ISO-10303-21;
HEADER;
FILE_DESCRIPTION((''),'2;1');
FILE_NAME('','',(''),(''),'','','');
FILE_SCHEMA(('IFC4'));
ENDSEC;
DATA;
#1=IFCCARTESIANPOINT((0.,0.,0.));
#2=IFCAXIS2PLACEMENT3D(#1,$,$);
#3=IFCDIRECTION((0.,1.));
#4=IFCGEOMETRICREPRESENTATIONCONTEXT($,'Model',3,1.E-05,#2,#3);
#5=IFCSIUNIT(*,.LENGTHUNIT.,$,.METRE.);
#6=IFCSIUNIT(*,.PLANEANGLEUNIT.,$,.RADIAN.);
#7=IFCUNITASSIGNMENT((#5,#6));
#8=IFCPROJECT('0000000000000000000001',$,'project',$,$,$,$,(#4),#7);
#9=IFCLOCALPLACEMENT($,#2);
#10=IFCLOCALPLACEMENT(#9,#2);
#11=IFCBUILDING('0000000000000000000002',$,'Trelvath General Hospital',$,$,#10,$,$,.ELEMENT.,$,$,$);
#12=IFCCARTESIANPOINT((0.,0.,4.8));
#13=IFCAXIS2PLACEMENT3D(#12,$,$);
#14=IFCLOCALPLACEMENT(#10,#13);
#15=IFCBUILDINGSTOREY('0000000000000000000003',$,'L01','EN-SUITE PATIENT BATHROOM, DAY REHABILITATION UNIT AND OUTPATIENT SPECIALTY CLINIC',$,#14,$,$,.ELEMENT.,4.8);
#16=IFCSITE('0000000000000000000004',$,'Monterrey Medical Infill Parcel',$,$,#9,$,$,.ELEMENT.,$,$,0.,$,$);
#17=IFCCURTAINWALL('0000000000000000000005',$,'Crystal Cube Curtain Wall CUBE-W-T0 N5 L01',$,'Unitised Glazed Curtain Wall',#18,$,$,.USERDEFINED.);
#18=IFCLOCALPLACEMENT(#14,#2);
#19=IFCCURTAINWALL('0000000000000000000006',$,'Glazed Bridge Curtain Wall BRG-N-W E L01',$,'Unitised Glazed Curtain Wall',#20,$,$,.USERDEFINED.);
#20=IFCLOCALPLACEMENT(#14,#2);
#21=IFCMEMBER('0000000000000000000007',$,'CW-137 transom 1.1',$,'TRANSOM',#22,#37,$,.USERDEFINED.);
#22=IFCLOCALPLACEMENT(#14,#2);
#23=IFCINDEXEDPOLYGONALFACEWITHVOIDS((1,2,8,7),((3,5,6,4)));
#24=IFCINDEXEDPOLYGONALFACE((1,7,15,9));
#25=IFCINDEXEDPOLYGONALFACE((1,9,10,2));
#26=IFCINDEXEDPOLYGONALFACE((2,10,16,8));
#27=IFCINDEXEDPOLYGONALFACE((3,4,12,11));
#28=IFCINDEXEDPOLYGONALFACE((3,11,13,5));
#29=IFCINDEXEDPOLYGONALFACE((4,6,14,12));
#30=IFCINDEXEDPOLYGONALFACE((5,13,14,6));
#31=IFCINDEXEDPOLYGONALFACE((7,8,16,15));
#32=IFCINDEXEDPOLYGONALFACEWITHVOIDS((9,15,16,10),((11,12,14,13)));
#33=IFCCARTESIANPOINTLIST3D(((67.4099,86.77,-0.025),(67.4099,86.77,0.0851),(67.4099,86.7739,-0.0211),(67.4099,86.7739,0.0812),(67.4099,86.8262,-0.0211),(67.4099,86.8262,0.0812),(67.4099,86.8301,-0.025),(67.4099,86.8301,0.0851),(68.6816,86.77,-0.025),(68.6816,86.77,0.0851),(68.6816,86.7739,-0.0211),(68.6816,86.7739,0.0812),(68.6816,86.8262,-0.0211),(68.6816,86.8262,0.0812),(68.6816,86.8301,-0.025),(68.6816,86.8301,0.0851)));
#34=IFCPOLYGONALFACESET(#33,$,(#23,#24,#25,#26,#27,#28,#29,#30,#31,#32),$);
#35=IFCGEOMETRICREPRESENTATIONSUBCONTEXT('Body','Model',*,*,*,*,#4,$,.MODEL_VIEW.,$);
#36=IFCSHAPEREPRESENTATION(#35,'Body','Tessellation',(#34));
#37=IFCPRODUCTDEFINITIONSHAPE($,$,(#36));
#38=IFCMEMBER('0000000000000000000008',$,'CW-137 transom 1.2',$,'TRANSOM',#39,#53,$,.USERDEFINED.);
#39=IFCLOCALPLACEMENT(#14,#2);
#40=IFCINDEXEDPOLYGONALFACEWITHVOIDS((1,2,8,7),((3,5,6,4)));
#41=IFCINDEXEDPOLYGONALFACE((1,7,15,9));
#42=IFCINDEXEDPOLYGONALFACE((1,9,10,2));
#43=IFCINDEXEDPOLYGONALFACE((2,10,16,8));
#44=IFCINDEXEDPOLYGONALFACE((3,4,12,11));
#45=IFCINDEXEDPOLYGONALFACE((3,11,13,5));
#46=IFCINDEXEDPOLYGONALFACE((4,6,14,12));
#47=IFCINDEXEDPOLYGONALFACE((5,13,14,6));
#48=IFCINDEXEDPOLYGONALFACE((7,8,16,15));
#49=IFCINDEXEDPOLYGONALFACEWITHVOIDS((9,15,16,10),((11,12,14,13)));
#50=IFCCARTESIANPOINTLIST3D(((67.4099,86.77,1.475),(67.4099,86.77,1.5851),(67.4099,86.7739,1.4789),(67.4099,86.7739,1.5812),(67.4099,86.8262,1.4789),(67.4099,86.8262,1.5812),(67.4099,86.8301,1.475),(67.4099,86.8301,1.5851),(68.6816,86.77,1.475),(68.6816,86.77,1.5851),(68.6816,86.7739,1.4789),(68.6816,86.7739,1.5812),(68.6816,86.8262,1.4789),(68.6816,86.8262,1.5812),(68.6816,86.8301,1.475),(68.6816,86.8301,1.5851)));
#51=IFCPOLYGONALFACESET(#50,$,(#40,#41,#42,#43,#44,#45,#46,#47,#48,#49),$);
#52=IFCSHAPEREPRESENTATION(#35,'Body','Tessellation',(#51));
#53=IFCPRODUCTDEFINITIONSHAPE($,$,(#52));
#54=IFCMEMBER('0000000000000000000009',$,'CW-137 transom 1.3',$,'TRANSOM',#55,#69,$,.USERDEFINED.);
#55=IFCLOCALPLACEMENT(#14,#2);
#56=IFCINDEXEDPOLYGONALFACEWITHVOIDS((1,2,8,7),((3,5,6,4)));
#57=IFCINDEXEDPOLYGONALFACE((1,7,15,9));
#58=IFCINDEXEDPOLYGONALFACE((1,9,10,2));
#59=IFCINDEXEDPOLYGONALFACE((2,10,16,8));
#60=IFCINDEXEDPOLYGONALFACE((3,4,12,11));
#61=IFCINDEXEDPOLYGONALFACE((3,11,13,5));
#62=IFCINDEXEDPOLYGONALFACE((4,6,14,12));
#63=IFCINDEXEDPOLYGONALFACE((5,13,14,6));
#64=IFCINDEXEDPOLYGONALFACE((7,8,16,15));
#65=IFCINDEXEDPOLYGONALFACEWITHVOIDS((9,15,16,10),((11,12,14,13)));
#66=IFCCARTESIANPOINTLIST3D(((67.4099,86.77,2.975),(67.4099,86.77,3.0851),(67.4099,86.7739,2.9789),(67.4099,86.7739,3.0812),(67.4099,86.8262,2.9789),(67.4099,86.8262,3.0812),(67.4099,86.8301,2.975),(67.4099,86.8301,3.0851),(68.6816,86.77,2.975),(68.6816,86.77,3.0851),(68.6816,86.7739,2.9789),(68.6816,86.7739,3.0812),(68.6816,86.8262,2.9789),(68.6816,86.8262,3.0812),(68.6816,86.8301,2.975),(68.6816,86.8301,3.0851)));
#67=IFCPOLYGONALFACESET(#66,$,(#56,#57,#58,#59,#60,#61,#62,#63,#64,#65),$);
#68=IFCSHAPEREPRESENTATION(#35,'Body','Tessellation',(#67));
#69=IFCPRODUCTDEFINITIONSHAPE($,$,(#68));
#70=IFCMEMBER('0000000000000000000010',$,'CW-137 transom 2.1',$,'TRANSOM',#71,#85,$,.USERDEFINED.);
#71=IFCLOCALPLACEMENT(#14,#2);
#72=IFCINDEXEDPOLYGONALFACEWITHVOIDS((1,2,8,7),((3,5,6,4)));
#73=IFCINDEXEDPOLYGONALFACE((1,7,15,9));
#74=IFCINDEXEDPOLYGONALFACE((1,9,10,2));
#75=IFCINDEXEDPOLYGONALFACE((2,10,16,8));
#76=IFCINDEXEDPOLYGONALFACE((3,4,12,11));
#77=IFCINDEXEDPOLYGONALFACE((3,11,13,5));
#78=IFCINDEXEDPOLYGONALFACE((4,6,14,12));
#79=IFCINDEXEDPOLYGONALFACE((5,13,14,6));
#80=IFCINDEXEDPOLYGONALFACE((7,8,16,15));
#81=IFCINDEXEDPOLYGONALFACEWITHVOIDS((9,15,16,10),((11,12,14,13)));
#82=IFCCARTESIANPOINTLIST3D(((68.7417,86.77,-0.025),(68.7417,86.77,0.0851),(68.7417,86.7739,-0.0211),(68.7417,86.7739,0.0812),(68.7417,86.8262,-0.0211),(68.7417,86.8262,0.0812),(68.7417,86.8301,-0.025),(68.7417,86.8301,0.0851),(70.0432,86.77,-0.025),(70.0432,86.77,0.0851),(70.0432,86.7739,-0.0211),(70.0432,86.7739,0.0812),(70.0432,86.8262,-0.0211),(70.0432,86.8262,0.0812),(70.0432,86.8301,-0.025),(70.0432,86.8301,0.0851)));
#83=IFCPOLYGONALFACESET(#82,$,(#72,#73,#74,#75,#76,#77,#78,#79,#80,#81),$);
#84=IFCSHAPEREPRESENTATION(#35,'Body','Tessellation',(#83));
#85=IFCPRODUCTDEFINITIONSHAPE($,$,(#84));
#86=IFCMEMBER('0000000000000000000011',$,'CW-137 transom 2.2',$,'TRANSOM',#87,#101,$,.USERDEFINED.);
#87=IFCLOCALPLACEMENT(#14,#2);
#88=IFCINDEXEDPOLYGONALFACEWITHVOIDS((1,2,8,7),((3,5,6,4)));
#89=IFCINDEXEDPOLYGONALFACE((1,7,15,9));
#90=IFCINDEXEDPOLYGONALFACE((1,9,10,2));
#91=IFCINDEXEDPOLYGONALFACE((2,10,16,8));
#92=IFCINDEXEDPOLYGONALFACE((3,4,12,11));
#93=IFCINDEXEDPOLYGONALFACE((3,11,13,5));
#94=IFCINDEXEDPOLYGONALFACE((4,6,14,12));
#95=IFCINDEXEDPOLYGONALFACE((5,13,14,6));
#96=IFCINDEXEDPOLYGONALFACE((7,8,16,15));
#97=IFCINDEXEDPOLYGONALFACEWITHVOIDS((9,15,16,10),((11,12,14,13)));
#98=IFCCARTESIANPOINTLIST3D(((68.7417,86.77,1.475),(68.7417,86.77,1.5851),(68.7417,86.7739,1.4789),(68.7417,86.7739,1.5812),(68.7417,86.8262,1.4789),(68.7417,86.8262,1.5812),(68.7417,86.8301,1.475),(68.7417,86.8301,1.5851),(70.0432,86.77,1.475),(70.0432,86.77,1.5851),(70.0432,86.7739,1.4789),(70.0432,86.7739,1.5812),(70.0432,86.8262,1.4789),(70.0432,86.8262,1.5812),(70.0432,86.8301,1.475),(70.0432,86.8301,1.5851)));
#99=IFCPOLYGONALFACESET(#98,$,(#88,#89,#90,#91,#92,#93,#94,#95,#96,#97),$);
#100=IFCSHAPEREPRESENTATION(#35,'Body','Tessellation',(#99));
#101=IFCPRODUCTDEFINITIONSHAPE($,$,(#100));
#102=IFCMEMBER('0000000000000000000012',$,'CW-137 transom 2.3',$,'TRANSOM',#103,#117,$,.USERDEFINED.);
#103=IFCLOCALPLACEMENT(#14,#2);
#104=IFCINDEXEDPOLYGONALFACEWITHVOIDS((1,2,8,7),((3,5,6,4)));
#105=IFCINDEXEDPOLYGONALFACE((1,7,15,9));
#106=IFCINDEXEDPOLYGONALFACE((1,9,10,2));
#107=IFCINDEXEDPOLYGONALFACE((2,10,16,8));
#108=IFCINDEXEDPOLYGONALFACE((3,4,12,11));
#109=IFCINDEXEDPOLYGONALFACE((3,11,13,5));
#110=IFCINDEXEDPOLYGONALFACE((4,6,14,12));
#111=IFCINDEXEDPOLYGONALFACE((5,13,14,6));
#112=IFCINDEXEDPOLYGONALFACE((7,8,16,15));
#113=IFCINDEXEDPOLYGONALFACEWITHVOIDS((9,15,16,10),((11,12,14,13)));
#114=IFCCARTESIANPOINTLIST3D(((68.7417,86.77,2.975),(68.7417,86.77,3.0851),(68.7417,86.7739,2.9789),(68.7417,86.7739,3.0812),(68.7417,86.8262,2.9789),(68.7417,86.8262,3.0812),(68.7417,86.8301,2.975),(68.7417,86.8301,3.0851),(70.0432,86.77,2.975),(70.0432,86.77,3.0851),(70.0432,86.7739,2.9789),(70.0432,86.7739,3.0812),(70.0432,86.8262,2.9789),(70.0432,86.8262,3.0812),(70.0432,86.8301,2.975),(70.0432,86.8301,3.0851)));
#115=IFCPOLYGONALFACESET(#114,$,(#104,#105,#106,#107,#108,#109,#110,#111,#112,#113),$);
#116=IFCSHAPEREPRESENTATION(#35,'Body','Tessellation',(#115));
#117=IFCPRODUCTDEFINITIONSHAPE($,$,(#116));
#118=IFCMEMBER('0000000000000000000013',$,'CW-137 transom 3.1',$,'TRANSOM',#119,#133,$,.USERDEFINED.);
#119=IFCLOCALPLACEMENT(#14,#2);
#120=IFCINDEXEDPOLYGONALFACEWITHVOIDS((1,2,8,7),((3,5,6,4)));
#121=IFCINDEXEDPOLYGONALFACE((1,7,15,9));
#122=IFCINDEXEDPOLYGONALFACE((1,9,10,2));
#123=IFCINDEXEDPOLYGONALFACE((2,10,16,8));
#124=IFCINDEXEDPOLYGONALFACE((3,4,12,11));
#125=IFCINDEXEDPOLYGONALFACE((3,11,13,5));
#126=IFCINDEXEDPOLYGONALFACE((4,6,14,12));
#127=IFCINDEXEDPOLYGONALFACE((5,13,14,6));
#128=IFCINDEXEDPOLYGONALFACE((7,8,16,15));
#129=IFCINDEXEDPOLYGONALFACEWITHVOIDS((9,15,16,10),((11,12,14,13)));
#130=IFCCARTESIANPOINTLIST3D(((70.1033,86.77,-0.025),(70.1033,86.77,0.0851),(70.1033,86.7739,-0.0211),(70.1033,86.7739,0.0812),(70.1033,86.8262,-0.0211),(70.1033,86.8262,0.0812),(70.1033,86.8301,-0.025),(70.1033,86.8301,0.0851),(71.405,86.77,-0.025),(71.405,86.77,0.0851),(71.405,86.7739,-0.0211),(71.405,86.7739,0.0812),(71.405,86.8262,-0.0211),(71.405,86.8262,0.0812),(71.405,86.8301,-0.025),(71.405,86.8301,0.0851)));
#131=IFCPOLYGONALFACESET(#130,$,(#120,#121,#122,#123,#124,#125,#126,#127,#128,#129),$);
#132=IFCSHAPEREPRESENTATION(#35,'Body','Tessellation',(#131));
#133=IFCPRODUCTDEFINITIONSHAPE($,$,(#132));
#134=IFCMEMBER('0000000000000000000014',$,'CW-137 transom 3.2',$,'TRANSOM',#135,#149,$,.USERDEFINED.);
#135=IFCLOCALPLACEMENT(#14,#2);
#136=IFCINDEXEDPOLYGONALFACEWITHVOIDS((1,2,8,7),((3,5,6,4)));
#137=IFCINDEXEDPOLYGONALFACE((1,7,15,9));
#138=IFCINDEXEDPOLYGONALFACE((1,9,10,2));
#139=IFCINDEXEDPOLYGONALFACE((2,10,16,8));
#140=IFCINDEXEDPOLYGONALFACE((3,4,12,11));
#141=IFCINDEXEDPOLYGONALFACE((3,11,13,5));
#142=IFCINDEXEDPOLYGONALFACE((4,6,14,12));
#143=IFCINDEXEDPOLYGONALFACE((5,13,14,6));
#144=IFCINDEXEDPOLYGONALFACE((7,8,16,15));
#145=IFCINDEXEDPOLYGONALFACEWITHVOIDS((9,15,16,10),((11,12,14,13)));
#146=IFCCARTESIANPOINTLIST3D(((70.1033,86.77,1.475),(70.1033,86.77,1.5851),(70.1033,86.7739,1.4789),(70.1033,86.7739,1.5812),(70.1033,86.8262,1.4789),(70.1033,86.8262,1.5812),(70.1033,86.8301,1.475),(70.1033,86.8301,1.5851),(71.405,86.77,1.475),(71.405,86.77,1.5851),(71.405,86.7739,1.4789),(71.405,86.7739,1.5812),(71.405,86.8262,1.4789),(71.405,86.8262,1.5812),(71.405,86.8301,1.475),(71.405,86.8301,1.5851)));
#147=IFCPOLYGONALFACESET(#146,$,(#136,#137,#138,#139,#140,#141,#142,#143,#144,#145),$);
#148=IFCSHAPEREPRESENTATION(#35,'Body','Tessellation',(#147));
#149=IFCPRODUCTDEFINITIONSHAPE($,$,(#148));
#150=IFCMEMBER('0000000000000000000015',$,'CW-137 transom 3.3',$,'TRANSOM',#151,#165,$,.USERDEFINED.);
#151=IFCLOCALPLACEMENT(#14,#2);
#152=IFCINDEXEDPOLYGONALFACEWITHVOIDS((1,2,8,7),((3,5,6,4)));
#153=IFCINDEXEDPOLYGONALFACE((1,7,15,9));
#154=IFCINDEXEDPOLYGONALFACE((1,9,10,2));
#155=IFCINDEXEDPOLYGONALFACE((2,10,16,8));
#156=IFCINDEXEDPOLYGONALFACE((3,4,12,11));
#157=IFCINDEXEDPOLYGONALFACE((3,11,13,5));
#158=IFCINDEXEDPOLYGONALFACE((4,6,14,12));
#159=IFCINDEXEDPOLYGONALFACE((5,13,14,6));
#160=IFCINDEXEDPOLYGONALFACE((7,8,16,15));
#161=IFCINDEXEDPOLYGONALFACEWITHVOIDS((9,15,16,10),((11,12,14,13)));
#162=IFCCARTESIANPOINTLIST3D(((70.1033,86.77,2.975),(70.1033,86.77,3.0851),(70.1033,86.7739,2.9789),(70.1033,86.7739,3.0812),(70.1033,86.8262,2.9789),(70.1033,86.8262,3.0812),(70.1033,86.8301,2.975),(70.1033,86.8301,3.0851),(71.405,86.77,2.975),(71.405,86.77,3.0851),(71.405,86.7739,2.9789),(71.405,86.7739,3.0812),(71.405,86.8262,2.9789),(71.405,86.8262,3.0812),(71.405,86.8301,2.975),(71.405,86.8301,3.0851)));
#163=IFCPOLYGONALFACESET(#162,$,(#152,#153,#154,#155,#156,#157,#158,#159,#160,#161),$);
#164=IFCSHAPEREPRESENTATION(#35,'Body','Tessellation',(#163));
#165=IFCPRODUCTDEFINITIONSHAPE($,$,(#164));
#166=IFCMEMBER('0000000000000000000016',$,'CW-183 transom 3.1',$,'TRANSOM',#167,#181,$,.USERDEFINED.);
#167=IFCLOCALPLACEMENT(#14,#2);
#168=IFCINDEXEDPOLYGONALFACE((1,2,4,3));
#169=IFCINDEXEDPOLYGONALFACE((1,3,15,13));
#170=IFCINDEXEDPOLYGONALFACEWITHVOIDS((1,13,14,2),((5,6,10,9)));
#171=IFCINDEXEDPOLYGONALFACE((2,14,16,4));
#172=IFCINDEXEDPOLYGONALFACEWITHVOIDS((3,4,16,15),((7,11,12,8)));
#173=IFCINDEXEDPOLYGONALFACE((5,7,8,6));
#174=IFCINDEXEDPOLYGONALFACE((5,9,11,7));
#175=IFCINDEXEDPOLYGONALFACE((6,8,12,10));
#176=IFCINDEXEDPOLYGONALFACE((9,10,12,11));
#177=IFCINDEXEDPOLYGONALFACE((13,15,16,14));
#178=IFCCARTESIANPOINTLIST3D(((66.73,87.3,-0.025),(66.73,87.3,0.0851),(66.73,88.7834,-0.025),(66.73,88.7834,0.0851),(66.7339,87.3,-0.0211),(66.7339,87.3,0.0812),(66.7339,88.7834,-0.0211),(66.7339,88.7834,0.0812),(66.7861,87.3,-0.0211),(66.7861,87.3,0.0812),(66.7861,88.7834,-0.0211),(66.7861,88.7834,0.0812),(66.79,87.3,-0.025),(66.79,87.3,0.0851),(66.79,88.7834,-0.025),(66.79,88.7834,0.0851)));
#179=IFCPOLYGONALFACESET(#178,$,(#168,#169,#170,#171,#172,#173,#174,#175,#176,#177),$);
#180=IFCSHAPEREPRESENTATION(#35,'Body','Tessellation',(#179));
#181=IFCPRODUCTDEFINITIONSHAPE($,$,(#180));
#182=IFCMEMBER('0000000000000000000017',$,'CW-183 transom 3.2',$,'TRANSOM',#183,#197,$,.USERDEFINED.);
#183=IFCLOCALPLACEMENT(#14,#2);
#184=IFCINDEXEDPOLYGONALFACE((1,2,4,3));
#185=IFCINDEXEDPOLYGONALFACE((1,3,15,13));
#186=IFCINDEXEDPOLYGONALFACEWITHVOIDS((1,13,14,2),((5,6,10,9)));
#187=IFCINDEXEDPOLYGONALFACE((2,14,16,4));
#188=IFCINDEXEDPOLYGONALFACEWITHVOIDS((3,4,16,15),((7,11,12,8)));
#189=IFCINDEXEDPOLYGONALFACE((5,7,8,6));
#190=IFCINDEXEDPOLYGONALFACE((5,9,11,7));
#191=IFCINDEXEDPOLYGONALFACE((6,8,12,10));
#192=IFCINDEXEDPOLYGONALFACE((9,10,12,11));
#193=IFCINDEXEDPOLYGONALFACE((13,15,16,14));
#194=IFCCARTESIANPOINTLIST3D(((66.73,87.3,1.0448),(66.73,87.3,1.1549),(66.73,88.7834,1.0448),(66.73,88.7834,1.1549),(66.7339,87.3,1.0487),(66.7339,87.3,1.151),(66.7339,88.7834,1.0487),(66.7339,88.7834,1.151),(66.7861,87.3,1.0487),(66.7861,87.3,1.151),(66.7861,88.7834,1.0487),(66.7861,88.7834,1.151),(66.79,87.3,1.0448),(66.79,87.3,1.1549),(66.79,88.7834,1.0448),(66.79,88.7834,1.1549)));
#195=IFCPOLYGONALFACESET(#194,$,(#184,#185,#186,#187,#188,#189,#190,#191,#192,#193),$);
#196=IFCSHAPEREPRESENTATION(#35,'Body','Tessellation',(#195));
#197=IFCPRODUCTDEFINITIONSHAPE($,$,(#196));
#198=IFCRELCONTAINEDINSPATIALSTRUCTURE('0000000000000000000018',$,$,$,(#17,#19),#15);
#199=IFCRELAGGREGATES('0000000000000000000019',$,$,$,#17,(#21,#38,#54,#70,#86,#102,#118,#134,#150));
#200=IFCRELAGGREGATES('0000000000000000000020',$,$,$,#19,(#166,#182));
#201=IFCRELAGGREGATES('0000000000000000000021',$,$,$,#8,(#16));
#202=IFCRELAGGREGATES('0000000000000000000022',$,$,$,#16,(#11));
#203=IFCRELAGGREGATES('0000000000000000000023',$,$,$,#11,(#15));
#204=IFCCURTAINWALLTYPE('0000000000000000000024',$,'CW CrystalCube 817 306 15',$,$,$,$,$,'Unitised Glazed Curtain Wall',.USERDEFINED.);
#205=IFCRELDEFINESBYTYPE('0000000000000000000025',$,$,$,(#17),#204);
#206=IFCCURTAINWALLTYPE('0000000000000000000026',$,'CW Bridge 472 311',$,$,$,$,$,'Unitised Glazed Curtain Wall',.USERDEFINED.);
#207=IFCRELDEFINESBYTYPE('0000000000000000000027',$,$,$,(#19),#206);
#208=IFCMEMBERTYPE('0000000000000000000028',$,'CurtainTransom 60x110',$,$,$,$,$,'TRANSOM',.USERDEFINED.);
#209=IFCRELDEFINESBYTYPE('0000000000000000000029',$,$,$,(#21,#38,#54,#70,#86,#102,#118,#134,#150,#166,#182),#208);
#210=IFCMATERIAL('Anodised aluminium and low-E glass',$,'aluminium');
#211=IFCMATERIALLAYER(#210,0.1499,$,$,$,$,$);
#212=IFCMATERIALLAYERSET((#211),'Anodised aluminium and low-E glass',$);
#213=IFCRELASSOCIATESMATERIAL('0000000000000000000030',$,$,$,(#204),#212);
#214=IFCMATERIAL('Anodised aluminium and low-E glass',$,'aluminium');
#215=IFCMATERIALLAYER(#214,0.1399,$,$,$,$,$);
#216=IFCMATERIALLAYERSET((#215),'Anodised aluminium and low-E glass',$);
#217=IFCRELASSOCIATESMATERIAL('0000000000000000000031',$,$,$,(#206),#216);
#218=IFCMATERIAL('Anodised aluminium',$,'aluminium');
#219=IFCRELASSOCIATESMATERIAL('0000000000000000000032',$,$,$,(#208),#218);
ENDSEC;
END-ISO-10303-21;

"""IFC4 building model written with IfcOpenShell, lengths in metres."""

from ifc_helpers import new_model, si_unit, direction, frame, origin, origin_2d, place, context, subcontext, project, spatial, hollow_rectangle, extrude, material, layer, layer_set, material_profile, profile_set, type_object, element, aggregate, save


model = new_model("IFC4")

# Units and contexts
model_context = context("Model", 3, precision=1e-05, world=origin(), true_north=direction((0.0, 1.0)))
body_context = subcontext(model_context, "Body", "Model", "MODEL_VIEW")
ifc_project = project(units=[si_unit("LENGTHUNIT", "METRE"), si_unit("PLANEANGLEUNIT", "RADIAN")], contexts=[model_context])

# Site, building, storey
site_placement = place(None, origin())
site = spatial("IfcSite", under=ifc_project, at=site_placement, Name="Monterrey Medical Infill Parcel", CompositionType="ELEMENT", RefElevation=0.0)
building_placement = place(site_placement, origin())
building = spatial("IfcBuilding", under=site, at=building_placement, Name="Trelvath General Hospital", CompositionType="ELEMENT")
storey_placement = place(building_placement, frame((0.0, 0.0, 4.8)))
storey = spatial("IfcBuildingStorey", under=building, at=storey_placement, Name="L01", Description="EN-SUITE PATIENT BATHROOM, DAY REHABILITATION UNIT AND OUTPATIENT SPECIALTY CLINIC", CompositionType="ELEMENT", Elevation=4.8)

# Curtain walls
ifc_material_1 = material(Name="Anodised aluminium and low-E glass", Category="aluminium")
ifc_layer_1 = layer(ifc_material_1, 0.1499)
ifc_layer_set_1 = layer_set([ifc_layer_1], Name="Anodised aluminium and low-E glass")
curtain_wall_type_1 = type_object("IfcCurtainWallType", Name="CW CrystalCube 817 306 15", ElementType="Unitised Glazed Curtain Wall", PredefinedType="USERDEFINED", material=ifc_layer_set_1)
curtain_wall_1_placement = place(storey_placement, origin())
curtain_wall_1 = element("IfcCurtainWall", 1, at=curtain_wall_1_placement, inside=storey, type_object=curtain_wall_type_1, Name="Crystal Cube Curtain Wall CUBE-W-T0 N5 L01", ObjectType="Unitised Glazed Curtain Wall", PredefinedType="USERDEFINED")
ifc_material_2 = material(Name="Anodised aluminium and low-E glass", Category="aluminium")
ifc_layer_2 = layer(ifc_material_2, 0.1399)
ifc_layer_set_2 = layer_set([ifc_layer_2], Name="Anodised aluminium and low-E glass")
curtain_wall_type_2 = type_object("IfcCurtainWallType", Name="CW Bridge 472 311", ElementType="Unitised Glazed Curtain Wall", PredefinedType="USERDEFINED", material=ifc_layer_set_2)
curtain_wall_2_placement = place(storey_placement, origin())
curtain_wall_2 = element("IfcCurtainWall", 2, at=curtain_wall_2_placement, inside=storey, type_object=curtain_wall_type_2, Name="Glazed Bridge Curtain Wall BRG-N-W E L01", ObjectType="Unitised Glazed Curtain Wall", PredefinedType="USERDEFINED")

# Members
ifc_material_3 = material(Name="Anodised aluminium", Category="aluminium")
ifc_material_profile_1 = material_profile(ifc_material_3, hollow_rectangle(XDim=0.0601, YDim=0.1101, WallThickness=0.0039, at=origin_2d()), Name="RHS60x110x4")
ifc_profile_set_1 = profile_set([ifc_material_profile_1], Name="Anodised aluminium")
member_type_1 = type_object("IfcMemberType", Name="CurtainTransom 60x110", ElementType="TRANSOM", PredefinedType="USERDEFINED", material=ifc_profile_set_1)
member_1_placement = place(storey_placement, frame((67.4099, 86.8, 0.03), z_axis=(1.0, 0.0, 0.0), x_axis=(0.0, 1.0, 0.0)))
member_1 = element("IfcMember", 3, at=member_1_placement, type_object=member_type_1, Name="CW-137 transom 1.1", ObjectType="TRANSOM", PredefinedType="USERDEFINED", context=body_context, shape_type="SweptSolid", body=[
    extrude(hollow_rectangle(XDim=0.0601, YDim=0.1101, WallThickness=0.0039, at=origin_2d()), origin(), (0.0, 0.0, 1.0), 1.2717),
])
member_2_placement = place(storey_placement, frame((67.4099, 86.8, 1.53), z_axis=(1.0, 0.0, 0.0), x_axis=(0.0, 1.0, 0.0)))
member_2 = element("IfcMember", 4, at=member_2_placement, type_object=member_type_1, Name="CW-137 transom 1.2", ObjectType="TRANSOM", PredefinedType="USERDEFINED", context=body_context, shape_type="SweptSolid", body=[
    extrude(hollow_rectangle(XDim=0.0601, YDim=0.1101, WallThickness=0.0039, at=origin_2d()), origin(), (0.0, 0.0, 1.0), 1.2717),
])
member_3_placement = place(storey_placement, frame((67.4099, 86.8, 3.03), z_axis=(1.0, 0.0, 0.0), x_axis=(0.0, 1.0, 0.0)))
member_3 = element("IfcMember", 5, at=member_3_placement, type_object=member_type_1, Name="CW-137 transom 1.3", ObjectType="TRANSOM", PredefinedType="USERDEFINED", context=body_context, shape_type="SweptSolid", body=[
    extrude(hollow_rectangle(XDim=0.0601, YDim=0.1101, WallThickness=0.0039, at=origin_2d()), origin(), (0.0, 0.0, 1.0), 1.2717),
])
member_4_placement = place(storey_placement, frame((68.7417, 86.8, 0.03), z_axis=(1.0, 0.0, 0.0), x_axis=(0.0, 1.0, 0.0)))
member_4 = element("IfcMember", 6, at=member_4_placement, type_object=member_type_1, Name="CW-137 transom 2.1", ObjectType="TRANSOM", PredefinedType="USERDEFINED", context=body_context, shape_type="SweptSolid", body=[
    extrude(hollow_rectangle(XDim=0.0601, YDim=0.1101, WallThickness=0.0039, at=origin_2d()), origin(), (0.0, 0.0, 1.0), 1.3015),
])
member_5_placement = place(storey_placement, frame((68.7417, 86.8, 1.53), z_axis=(1.0, 0.0, 0.0), x_axis=(0.0, 1.0, 0.0)))
member_5 = element("IfcMember", 7, at=member_5_placement, type_object=member_type_1, Name="CW-137 transom 2.2", ObjectType="TRANSOM", PredefinedType="USERDEFINED", context=body_context, shape_type="SweptSolid", body=[
    extrude(hollow_rectangle(XDim=0.0601, YDim=0.1101, WallThickness=0.0039, at=origin_2d()), origin(), (0.0, 0.0, 1.0), 1.3015),
])
member_6_placement = place(storey_placement, frame((68.7417, 86.8, 3.03), z_axis=(1.0, 0.0, 0.0), x_axis=(0.0, 1.0, 0.0)))
member_6 = element("IfcMember", 8, at=member_6_placement, type_object=member_type_1, Name="CW-137 transom 2.3", ObjectType="TRANSOM", PredefinedType="USERDEFINED", context=body_context, shape_type="SweptSolid", body=[
    extrude(hollow_rectangle(XDim=0.0601, YDim=0.1101, WallThickness=0.0039, at=origin_2d()), origin(), (0.0, 0.0, 1.0), 1.3015),
])
member_7_placement = place(storey_placement, frame((70.1033, 86.8, 0.03), z_axis=(1.0, 0.0, 0.0), x_axis=(0.0, 1.0, 0.0)))
member_7 = element("IfcMember", 9, at=member_7_placement, type_object=member_type_1, Name="CW-137 transom 3.1", ObjectType="TRANSOM", PredefinedType="USERDEFINED", context=body_context, shape_type="SweptSolid", body=[
    extrude(hollow_rectangle(XDim=0.0601, YDim=0.1101, WallThickness=0.0039, at=origin_2d()), origin(), (0.0, 0.0, 1.0), 1.3018),
])
member_8_placement = place(storey_placement, frame((70.1033, 86.8, 1.53), z_axis=(1.0, 0.0, 0.0), x_axis=(0.0, 1.0, 0.0)))
member_8 = element("IfcMember", 10, at=member_8_placement, type_object=member_type_1, Name="CW-137 transom 3.2", ObjectType="TRANSOM", PredefinedType="USERDEFINED", context=body_context, shape_type="SweptSolid", body=[
    extrude(hollow_rectangle(XDim=0.0601, YDim=0.1101, WallThickness=0.0039, at=origin_2d()), origin(), (0.0, 0.0, 1.0), 1.3018),
])
member_9_placement = place(storey_placement, frame((70.1033, 86.8, 3.03), z_axis=(1.0, 0.0, 0.0), x_axis=(0.0, 1.0, 0.0)))
member_9 = element("IfcMember", 11, at=member_9_placement, type_object=member_type_1, Name="CW-137 transom 3.3", ObjectType="TRANSOM", PredefinedType="USERDEFINED", context=body_context, shape_type="SweptSolid", body=[
    extrude(hollow_rectangle(XDim=0.0601, YDim=0.1101, WallThickness=0.0039, at=origin_2d()), origin(), (0.0, 0.0, 1.0), 1.3018),
])
member_10_placement = place(storey_placement, frame((66.76, 88.7834, 0.03), z_axis=(0.0, -1.0, 0.0), x_axis=(1.0, 0.0, 0.0)))
member_10 = element("IfcMember", 12, at=member_10_placement, type_object=member_type_1, Name="CW-183 transom 3.1", ObjectType="TRANSOM", PredefinedType="USERDEFINED", context=body_context, shape_type="SweptSolid", body=[
    extrude(hollow_rectangle(XDim=0.0601, YDim=0.1101, WallThickness=0.0039, at=origin_2d()), origin(), (0.0, 0.0, 1.0), 1.4834),
])
member_11_placement = place(storey_placement, frame((66.76, 88.7834, 1.0999), z_axis=(0.0, -1.0, 0.0), x_axis=(1.0, 0.0, 0.0)))
member_11 = element("IfcMember", 13, at=member_11_placement, type_object=member_type_1, Name="CW-183 transom 3.2", ObjectType="TRANSOM", PredefinedType="USERDEFINED", context=body_context, shape_type="SweptSolid", body=[
    extrude(hollow_rectangle(XDim=0.0601, YDim=0.1101, WallThickness=0.0039, at=origin_2d()), origin(), (0.0, 0.0, 1.0), 1.4834),
])

aggregate(curtain_wall_1, [member_1, member_2, member_3, member_4, member_5, member_6, member_7, member_8, member_9])
aggregate(curtain_wall_2, [member_10, member_11])

save(model, "model.ifc")
